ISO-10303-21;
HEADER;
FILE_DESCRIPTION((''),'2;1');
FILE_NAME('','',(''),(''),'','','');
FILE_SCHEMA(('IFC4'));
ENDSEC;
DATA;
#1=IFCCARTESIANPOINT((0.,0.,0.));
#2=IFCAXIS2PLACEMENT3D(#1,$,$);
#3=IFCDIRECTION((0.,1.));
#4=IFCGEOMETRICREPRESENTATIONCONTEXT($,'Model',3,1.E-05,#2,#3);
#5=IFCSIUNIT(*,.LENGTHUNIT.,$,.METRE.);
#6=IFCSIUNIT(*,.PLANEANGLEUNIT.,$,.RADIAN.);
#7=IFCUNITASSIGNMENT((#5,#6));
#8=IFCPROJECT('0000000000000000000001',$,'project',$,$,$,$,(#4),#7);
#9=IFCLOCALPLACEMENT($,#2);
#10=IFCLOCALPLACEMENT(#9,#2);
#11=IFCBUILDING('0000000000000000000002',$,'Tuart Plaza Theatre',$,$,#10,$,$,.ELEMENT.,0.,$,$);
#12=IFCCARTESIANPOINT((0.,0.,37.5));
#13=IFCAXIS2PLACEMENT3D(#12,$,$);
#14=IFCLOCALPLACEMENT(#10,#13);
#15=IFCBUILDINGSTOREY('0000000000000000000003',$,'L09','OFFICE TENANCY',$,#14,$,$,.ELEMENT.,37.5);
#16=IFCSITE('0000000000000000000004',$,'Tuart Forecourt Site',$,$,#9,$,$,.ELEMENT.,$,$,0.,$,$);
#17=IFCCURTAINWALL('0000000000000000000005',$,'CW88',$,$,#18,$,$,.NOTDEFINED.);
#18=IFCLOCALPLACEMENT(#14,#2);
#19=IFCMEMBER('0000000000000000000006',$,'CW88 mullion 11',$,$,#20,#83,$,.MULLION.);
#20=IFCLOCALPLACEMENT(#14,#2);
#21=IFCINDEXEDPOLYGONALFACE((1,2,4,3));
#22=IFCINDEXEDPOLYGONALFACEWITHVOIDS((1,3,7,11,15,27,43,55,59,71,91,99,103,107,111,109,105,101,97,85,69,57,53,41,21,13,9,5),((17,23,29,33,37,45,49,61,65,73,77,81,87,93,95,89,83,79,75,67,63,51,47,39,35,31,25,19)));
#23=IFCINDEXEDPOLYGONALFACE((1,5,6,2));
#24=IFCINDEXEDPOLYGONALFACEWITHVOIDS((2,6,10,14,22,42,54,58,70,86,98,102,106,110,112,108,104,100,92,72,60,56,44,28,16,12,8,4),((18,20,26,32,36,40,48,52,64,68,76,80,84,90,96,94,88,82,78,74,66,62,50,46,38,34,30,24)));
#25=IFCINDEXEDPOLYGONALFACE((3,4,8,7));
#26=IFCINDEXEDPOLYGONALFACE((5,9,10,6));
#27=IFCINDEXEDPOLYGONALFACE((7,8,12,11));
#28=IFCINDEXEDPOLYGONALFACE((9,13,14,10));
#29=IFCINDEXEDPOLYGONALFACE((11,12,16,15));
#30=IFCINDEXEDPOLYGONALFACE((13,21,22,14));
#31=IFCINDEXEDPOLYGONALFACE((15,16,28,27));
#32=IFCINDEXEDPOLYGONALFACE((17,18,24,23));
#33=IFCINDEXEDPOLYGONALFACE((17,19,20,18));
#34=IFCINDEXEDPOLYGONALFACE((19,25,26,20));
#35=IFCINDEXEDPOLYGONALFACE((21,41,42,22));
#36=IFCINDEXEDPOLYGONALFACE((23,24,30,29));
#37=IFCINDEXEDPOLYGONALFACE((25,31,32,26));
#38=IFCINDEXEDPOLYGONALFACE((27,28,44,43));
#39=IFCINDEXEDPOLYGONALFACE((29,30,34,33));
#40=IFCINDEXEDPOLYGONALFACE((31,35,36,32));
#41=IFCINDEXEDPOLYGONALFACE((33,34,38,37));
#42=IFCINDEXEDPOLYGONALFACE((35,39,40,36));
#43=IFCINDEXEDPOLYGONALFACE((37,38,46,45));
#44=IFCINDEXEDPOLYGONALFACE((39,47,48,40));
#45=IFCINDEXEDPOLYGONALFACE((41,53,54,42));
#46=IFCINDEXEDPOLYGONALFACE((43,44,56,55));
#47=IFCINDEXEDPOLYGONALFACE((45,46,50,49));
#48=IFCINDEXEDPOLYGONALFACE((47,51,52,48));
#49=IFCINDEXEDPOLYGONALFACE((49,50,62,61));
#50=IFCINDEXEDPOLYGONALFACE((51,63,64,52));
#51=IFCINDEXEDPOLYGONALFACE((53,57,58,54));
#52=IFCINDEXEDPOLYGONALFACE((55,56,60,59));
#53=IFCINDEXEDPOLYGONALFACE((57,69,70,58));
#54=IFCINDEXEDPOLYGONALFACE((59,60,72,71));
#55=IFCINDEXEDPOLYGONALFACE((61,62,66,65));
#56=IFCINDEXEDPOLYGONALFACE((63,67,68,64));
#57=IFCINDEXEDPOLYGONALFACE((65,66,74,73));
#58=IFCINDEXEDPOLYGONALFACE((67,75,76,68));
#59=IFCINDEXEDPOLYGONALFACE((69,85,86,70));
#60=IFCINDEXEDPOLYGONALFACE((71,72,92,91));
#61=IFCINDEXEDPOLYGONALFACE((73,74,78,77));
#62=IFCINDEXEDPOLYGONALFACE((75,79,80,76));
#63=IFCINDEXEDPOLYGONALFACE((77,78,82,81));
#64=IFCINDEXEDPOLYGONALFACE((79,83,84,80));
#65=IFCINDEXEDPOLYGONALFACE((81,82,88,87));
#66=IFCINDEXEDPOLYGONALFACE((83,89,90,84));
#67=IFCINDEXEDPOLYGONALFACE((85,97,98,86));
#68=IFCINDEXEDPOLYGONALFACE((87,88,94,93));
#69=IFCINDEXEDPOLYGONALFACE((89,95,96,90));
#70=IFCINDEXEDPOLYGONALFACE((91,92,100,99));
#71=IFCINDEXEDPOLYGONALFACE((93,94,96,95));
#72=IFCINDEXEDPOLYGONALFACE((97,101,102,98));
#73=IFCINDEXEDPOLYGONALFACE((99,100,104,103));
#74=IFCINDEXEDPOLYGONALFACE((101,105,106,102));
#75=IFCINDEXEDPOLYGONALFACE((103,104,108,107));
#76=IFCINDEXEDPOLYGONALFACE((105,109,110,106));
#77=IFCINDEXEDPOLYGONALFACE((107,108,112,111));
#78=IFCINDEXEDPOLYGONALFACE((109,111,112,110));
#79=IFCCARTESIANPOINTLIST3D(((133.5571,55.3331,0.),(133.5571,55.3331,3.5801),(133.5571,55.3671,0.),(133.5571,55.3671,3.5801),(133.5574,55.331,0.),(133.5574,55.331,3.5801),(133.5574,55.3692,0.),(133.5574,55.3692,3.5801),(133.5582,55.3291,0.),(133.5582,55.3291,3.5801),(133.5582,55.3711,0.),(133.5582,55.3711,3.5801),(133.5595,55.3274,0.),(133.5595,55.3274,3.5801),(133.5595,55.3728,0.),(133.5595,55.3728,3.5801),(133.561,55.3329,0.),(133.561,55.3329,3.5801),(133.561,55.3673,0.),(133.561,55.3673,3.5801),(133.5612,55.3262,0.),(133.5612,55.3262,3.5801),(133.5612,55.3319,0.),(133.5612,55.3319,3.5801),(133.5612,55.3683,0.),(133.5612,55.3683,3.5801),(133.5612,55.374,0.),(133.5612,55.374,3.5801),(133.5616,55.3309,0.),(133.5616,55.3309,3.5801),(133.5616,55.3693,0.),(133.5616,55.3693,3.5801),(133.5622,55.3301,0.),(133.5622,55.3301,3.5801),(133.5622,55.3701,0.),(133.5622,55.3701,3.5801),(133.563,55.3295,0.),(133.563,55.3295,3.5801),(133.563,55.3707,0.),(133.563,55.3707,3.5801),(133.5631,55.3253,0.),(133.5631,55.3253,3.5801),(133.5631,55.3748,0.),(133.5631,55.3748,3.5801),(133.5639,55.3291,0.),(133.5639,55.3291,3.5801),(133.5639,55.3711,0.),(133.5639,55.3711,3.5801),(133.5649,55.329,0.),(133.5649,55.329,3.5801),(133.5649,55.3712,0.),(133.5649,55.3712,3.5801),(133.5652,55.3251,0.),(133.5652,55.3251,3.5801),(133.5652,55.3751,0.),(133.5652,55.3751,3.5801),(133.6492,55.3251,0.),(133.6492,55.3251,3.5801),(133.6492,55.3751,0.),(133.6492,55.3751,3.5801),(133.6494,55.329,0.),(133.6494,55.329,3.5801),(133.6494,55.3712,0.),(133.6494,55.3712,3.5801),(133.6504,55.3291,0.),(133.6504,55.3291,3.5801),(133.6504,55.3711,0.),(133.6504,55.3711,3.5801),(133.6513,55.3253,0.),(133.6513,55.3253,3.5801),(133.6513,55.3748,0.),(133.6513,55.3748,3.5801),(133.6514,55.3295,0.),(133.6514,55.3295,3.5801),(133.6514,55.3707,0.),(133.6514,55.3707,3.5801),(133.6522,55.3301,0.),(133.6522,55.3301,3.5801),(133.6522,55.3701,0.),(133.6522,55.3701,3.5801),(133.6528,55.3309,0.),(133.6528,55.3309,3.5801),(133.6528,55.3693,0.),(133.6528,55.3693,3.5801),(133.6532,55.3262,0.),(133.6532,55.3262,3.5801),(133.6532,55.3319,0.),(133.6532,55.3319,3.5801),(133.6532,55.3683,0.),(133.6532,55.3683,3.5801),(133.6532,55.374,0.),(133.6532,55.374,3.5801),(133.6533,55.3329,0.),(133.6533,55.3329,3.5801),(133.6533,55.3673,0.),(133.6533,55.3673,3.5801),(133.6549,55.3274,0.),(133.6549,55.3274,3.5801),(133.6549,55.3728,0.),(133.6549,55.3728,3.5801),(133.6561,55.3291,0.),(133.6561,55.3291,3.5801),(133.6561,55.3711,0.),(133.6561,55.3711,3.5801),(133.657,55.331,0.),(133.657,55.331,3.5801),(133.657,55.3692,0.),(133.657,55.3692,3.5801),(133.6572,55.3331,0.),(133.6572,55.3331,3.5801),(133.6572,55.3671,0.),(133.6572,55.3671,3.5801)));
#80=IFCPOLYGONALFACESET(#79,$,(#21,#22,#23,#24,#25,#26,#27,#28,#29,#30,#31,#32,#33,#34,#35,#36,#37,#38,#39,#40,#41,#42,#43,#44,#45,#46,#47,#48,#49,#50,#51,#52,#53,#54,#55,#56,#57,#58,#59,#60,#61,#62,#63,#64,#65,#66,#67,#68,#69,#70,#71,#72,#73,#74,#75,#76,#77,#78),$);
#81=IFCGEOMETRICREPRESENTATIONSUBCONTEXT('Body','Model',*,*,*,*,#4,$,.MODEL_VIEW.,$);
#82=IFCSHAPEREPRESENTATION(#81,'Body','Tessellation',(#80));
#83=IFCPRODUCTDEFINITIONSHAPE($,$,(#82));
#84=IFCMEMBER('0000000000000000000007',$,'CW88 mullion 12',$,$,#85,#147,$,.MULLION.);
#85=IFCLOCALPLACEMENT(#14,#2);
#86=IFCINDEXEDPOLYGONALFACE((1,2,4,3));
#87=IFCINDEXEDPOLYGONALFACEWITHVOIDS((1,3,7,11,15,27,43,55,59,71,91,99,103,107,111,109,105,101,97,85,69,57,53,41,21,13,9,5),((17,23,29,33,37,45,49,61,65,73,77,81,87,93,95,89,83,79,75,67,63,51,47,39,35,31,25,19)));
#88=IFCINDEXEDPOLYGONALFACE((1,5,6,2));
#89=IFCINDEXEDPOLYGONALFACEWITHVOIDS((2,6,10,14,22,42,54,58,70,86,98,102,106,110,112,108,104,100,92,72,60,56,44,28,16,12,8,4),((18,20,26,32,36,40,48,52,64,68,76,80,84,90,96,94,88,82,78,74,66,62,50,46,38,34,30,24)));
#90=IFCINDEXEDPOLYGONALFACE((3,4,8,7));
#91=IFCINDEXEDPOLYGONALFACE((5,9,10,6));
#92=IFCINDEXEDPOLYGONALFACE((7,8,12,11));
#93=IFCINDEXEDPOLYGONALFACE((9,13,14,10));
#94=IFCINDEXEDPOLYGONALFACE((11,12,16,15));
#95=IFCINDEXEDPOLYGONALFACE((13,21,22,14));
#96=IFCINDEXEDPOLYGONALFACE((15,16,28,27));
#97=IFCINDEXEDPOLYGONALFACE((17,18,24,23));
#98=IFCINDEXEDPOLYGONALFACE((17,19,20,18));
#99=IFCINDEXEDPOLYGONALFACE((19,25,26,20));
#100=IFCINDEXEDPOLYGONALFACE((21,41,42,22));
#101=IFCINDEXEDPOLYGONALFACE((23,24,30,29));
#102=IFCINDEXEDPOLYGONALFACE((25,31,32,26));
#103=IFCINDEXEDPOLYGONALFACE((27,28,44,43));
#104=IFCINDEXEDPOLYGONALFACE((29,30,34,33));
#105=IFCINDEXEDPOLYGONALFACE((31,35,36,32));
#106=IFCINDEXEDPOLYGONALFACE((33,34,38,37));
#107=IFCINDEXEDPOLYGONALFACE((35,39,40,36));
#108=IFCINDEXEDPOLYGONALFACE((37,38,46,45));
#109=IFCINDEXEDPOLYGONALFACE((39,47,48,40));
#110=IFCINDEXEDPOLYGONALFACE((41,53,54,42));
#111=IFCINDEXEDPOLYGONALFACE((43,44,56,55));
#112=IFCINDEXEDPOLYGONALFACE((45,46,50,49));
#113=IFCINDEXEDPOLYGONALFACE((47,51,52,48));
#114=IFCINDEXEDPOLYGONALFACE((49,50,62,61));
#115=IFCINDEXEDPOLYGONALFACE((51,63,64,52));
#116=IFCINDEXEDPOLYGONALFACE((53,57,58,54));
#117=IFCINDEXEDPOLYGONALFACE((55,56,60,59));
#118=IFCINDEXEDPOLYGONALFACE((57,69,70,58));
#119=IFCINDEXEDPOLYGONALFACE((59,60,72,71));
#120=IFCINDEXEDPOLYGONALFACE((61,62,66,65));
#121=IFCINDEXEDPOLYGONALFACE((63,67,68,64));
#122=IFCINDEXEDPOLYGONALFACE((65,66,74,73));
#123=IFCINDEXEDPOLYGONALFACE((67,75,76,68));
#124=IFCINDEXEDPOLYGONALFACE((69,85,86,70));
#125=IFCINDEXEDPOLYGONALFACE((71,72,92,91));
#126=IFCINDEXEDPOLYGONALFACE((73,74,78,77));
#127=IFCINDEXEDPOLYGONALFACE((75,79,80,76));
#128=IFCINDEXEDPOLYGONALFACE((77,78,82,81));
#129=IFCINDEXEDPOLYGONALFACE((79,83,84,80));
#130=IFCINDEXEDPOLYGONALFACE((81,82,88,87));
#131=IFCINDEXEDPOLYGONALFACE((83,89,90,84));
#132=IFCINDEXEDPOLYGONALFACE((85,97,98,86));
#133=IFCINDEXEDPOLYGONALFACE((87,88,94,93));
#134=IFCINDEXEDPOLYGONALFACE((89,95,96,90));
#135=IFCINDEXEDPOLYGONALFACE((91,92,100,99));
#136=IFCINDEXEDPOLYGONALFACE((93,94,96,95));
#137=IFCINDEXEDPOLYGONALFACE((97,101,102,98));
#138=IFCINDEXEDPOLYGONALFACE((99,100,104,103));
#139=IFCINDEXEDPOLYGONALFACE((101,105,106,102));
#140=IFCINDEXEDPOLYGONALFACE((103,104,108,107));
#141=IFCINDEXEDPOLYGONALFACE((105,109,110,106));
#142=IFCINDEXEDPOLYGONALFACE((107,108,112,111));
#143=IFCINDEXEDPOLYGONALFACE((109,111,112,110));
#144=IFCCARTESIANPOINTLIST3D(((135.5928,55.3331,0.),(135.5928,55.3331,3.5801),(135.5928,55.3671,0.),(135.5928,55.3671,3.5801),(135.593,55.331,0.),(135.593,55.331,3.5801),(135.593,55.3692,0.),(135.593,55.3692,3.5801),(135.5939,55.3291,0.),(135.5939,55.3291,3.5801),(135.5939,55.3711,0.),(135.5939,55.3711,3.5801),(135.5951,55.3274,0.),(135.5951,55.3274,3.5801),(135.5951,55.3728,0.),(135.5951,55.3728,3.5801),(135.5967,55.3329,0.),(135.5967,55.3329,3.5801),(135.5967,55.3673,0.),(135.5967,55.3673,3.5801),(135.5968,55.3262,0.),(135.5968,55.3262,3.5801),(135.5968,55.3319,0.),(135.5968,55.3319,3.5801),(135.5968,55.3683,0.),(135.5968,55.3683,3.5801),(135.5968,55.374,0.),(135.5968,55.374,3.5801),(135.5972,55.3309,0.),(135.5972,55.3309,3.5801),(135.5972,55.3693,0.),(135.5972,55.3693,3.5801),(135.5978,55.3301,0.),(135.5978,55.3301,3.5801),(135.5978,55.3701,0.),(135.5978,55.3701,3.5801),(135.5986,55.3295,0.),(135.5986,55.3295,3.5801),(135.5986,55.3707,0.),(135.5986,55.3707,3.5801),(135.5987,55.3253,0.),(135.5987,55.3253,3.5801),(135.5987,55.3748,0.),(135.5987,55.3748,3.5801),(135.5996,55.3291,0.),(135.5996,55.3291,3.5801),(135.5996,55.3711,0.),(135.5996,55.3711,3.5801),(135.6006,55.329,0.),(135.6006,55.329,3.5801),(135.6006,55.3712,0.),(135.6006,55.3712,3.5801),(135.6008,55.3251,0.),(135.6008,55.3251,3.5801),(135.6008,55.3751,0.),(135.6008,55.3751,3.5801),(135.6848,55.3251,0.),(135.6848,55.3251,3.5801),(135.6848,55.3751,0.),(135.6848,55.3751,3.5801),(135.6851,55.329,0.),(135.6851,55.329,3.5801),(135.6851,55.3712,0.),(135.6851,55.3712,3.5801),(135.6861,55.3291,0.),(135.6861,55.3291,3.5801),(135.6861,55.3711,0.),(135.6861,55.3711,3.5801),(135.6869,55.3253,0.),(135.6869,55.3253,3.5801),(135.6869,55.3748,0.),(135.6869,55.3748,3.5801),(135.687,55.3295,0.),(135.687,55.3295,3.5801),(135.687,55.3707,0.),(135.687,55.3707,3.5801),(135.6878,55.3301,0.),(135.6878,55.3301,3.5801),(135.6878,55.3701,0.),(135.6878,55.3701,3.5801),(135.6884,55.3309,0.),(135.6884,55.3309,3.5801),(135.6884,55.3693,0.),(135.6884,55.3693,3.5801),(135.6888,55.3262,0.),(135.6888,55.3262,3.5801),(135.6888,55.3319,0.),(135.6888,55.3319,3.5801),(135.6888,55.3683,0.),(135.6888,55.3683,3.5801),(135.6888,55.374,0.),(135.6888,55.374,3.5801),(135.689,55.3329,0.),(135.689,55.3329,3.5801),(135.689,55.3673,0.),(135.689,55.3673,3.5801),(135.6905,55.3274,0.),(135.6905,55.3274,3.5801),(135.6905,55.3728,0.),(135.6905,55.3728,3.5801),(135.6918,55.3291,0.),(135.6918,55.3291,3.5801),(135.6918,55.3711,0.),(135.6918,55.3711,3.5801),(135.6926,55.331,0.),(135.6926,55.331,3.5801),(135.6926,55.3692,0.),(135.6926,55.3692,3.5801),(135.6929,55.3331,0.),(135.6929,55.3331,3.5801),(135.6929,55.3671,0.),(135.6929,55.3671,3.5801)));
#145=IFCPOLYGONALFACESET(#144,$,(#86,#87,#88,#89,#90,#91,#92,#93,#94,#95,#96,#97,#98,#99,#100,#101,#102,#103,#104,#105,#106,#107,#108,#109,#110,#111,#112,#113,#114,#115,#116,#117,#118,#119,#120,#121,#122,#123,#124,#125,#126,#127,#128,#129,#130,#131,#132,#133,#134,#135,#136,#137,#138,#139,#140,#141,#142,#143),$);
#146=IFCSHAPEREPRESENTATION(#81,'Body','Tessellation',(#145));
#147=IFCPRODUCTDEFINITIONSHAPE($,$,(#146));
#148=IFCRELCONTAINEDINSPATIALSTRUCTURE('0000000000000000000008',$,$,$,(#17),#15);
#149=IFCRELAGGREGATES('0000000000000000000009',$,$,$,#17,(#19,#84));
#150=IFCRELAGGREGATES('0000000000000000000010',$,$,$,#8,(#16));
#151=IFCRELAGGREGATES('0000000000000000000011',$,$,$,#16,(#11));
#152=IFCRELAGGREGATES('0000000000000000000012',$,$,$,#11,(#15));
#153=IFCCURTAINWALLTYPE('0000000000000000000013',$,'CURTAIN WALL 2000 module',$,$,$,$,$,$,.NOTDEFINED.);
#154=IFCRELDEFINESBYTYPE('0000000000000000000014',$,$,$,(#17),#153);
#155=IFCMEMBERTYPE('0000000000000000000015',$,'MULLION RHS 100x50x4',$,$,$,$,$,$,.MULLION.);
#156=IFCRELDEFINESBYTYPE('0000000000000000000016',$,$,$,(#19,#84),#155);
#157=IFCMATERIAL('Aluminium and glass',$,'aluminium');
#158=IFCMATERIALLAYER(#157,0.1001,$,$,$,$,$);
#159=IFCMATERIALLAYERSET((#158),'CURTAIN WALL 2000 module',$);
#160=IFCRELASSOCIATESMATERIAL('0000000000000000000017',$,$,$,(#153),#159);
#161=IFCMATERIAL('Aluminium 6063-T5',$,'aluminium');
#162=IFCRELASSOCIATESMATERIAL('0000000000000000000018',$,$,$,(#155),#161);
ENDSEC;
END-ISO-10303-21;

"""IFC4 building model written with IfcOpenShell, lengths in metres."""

from ifc_helpers import new_model, si_unit, direction, frame, origin, origin_2d, place, context, subcontext, project, spatial, hollow_rectangle, extrude, material, layer, layer_set, material_profile, profile_set, type_object, element, aggregate, save


model = new_model("IFC4")

# Units and contexts
model_context = context("Model", 3, precision=1e-05, world=origin(), true_north=direction((0.0, 1.0)))
body_context = subcontext(model_context, "Body", "Model", "MODEL_VIEW")
ifc_project = project(units=[si_unit("LENGTHUNIT", "METRE"), si_unit("PLANEANGLEUNIT", "RADIAN")], contexts=[model_context])

# Site, building, storey
site_placement = place(None, origin())
site = spatial("IfcSite", under=ifc_project, at=site_placement, Name="Tuart Forecourt Site", CompositionType="ELEMENT", RefElevation=0.0)
building_placement = place(site_placement, origin())
building = spatial("IfcBuilding", under=site, at=building_placement, Name="Tuart Plaza Theatre", CompositionType="ELEMENT", ElevationOfRefHeight=0.0)
storey_placement = place(building_placement, frame((0.0, 0.0, 37.5)))
storey = spatial("IfcBuildingStorey", under=building, at=storey_placement, Name="L09", Description="OFFICE TENANCY", CompositionType="ELEMENT", Elevation=37.5)

# Curtain wall, members
ifc_material_1 = material(Name="Aluminium and glass", Category="aluminium")
ifc_layer_1 = layer(ifc_material_1, 0.1001)
ifc_layer_set_1 = layer_set([ifc_layer_1], Name="CURTAIN WALL 2000 module")
curtain_wall_type = type_object("IfcCurtainWallType", Name="CURTAIN WALL 2000 module", PredefinedType="NOTDEFINED", material=ifc_layer_set_1)
curtain_wall_placement = place(storey_placement, origin())
curtain_wall = element("IfcCurtainWall", 1, at=curtain_wall_placement, inside=storey, type_object=curtain_wall_type, Name="CW88", PredefinedType="NOTDEFINED")
ifc_material_2 = material(Name="Aluminium 6063-T5", Category="aluminium")
ifc_material_profile_1 = material_profile(ifc_material_2, hollow_rectangle(XDim=0.05, YDim=0.1001, WallThickness=0.0039, InnerFilletRadius=0.0039, OuterFilletRadius=0.0081, at=origin_2d()), Name="RHS 100x50x4")
ifc_profile_set_1 = profile_set([ifc_material_profile_1], Name="Aluminium 6063-T5")
member_type_1 = type_object("IfcMemberType", Name="MULLION RHS 100x50x4", PredefinedType="MULLION", material=ifc_profile_set_1)
member_1_placement = place(storey_placement, frame((133.6072, 55.3501, 0.0), z_axis=(0.0, 0.0, 1.0), x_axis=(0.0, 1.0, 0.0)))
member_1 = element("IfcMember", 2, at=member_1_placement, type_object=member_type_1, Name="CW88 mullion 11", PredefinedType="MULLION", context=body_context, shape_type="SweptSolid", body=[
    extrude(hollow_rectangle(XDim=0.05, YDim=0.1001, WallThickness=0.0039, InnerFilletRadius=0.0039, OuterFilletRadius=0.0081, at=origin_2d()), origin(), (0.0, 0.0, 1.0), 3.5801),
])
member_2_placement = place(storey_placement, frame((135.6428, 55.3501, 0.0), z_axis=(0.0, 0.0, 1.0), x_axis=(0.0, 1.0, 0.0)))
member_2 = element("IfcMember", 3, at=member_2_placement, type_object=member_type_1, Name="CW88 mullion 12", PredefinedType="MULLION", context=body_context, shape_type="SweptSolid", body=[
    extrude(hollow_rectangle(XDim=0.05, YDim=0.1001, WallThickness=0.0039, InnerFilletRadius=0.0039, OuterFilletRadius=0.0081, at=origin_2d()), origin(), (0.0, 0.0, 1.0), 3.5801),
])
aggregate(curtain_wall, [member_1, member_2])

save(model, "model.ifc")
